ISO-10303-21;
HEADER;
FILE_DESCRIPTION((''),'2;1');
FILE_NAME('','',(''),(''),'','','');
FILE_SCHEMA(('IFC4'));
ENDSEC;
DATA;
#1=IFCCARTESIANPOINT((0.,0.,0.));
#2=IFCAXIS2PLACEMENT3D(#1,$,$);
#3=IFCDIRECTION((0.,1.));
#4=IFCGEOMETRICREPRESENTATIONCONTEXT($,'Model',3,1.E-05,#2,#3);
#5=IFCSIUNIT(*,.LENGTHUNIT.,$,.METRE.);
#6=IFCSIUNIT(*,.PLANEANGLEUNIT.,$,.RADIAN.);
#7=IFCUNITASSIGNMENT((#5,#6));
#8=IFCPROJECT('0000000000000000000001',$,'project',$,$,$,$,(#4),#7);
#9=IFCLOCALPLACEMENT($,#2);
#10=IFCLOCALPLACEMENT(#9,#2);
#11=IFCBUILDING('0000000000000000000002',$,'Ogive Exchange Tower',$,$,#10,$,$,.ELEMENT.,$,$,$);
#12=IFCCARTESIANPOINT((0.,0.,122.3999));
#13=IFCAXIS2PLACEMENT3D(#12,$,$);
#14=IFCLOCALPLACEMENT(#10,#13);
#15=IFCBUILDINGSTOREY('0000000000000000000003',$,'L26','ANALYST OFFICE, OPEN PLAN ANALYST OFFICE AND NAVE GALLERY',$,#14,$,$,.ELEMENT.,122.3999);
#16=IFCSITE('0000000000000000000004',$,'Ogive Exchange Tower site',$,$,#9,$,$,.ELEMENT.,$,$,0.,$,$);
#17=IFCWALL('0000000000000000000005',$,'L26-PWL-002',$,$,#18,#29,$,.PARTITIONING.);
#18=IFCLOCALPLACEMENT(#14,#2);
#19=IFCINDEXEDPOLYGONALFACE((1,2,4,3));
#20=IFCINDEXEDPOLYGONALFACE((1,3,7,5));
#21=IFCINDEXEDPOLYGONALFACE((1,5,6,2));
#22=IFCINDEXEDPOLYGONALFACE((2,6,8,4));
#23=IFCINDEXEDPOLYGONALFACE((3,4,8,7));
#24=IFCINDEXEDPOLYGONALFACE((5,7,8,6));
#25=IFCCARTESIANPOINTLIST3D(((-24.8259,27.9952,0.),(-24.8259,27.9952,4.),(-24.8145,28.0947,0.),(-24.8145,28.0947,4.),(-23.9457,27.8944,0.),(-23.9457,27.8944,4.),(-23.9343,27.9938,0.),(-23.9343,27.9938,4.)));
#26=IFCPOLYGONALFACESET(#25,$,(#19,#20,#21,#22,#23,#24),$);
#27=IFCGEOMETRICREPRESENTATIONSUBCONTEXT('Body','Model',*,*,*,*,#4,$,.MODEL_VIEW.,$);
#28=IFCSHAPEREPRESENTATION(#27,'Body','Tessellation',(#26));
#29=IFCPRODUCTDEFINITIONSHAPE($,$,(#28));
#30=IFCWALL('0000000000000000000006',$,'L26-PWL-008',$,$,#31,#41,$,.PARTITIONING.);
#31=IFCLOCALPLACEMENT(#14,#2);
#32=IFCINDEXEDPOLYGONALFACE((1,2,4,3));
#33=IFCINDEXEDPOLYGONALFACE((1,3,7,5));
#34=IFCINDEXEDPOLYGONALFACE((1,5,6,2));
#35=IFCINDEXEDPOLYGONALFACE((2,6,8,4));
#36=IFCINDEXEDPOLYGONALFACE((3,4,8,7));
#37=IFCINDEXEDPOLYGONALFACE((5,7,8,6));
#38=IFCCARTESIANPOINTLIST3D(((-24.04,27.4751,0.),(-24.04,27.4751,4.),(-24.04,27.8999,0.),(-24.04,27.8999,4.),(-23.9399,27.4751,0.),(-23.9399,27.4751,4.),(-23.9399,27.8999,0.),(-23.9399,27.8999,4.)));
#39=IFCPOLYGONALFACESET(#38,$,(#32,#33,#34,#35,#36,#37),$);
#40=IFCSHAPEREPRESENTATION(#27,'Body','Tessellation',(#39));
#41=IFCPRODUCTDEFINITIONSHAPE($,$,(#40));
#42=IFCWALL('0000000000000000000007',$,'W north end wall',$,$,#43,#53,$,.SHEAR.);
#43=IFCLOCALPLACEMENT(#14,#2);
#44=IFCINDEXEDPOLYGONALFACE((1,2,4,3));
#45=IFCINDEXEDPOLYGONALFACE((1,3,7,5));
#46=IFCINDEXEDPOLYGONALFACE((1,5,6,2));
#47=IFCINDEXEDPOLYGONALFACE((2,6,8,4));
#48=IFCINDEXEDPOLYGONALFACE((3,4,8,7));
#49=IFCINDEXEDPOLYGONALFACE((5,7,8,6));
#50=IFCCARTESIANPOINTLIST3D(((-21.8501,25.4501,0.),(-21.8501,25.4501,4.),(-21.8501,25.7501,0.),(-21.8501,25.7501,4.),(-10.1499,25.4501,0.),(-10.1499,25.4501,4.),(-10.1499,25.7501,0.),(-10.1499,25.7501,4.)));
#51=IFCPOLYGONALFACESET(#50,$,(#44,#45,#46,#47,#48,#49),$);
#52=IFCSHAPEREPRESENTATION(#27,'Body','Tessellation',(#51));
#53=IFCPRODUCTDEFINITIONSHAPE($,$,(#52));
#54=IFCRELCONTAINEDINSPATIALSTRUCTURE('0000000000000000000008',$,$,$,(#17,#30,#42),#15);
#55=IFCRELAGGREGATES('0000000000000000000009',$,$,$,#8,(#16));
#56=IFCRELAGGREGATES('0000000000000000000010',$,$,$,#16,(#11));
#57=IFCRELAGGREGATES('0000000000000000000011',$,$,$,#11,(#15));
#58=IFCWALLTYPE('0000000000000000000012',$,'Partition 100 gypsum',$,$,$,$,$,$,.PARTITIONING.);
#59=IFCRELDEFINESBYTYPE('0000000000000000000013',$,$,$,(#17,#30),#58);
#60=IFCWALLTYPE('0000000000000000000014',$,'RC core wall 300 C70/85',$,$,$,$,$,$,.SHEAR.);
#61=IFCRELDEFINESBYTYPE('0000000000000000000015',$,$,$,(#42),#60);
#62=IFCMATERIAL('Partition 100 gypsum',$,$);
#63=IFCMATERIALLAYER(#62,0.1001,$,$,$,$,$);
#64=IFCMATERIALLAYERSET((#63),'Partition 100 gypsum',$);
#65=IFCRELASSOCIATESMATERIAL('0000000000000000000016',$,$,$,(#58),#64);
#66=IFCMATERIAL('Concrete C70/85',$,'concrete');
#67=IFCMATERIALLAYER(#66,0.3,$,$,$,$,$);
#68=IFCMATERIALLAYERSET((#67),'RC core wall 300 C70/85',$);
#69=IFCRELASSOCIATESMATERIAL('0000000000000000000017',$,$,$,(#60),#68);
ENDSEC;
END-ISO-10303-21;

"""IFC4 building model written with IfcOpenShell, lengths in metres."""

from ifc_helpers import new_model, si_unit, direction, frame, frame_2d, origin, place, context, subcontext, project, spatial, rectangle, extrude, material, layer, layer_set, type_object, element, save


model = new_model("IFC4")

# Units and contexts
model_context = context("Model", 3, precision=1e-05, world=origin(), true_north=direction((0.0, 1.0)))
body_context = subcontext(model_context, "Body", "Model", "MODEL_VIEW")
ifc_project = project(units=[si_unit("LENGTHUNIT", "METRE"), si_unit("PLANEANGLEUNIT", "RADIAN")], contexts=[model_context])

# Site, building, storey
site_placement = place(None, origin())
site = spatial("IfcSite", under=ifc_project, at=site_placement, Name="Ogive Exchange Tower site", CompositionType="ELEMENT", RefElevation=0.0)
building_placement = place(site_placement, origin())
building = spatial("IfcBuilding", under=site, at=building_placement, Name="Ogive Exchange Tower", CompositionType="ELEMENT")
storey_placement = place(building_placement, frame((0.0, 0.0, 122.3999)))
storey = spatial("IfcBuildingStorey", under=building, at=storey_placement, Name="L26", Description="ANALYST OFFICE, OPEN PLAN ANALYST OFFICE AND NAVE GALLERY", CompositionType="ELEMENT", Elevation=122.3999)

# Walls
ifc_material_1 = material(Name="Partition 100 gypsum")
ifc_layer_1 = layer(ifc_material_1, 0.1001)
ifc_layer_set_1 = layer_set([ifc_layer_1], Name="Partition 100 gypsum")
wall_type_1 = type_object("IfcWallType", Name="Partition 100 gypsum", PredefinedType="PARTITIONING", material=ifc_layer_set_1)
wall_1_placement = place(storey_placement, frame((-24.8201, 28.0449, 0.0), z_axis=(0.0, 0.0, 1.0), x_axis=(0.993502, -0.113819, 0.0)))
element("IfcWall", 1, at=wall_1_placement, inside=storey, type_object=wall_type_1, Name="L26-PWL-002", PredefinedType="PARTITIONING", context=body_context, shape_type="SweptSolid", body=[
    extrude(rectangle(XDim=0.886, YDim=0.1001, at=frame_2d((0.4429, 0.0))), origin(), (0.0, 0.0, 1.0), 4.0),
])
wall_2_placement = place(storey_placement, frame((-23.99, 27.4751, 0.0), z_axis=(0.0, 0.0, 1.0), x_axis=(0.0, 1.0, 0.0)))
element("IfcWall", 2, at=wall_2_placement, inside=storey, type_object=wall_type_1, Name="L26-PWL-008", PredefinedType="PARTITIONING", context=body_context, shape_type="SweptSolid", body=[
    extrude(rectangle(XDim=0.4248, YDim=0.1001, at=frame_2d((0.2124, 0.0))), origin(), (0.0, 0.0, 1.0), 4.0),
])
ifc_material_2 = material(Name="Concrete C70/85", Category="concrete")
ifc_layer_2 = layer(ifc_material_2, 0.3)
ifc_layer_set_2 = layer_set([ifc_layer_2], Name="RC core wall 300 C70/85")
wall_type_2 = type_object("IfcWallType", Name="RC core wall 300 C70/85", PredefinedType="SHEAR", material=ifc_layer_set_2)
wall_3_placement = place(storey_placement, frame((-21.8501, 25.6001, 0.0), z_axis=(0.0, 0.0, 1.0), x_axis=(1.0, 0.0, 0.0)))
element("IfcWall", 3, at=wall_3_placement, inside=storey, type_object=wall_type_2, Name="W north end wall", PredefinedType="SHEAR", context=body_context, shape_type="SweptSolid", body=[
    extrude(rectangle(XDim=11.7002, YDim=0.3, at=frame_2d((5.8501, 0.0))), origin(), (0.0, 0.0, 1.0), 4.0),
])

save(model, "model.ifc")
